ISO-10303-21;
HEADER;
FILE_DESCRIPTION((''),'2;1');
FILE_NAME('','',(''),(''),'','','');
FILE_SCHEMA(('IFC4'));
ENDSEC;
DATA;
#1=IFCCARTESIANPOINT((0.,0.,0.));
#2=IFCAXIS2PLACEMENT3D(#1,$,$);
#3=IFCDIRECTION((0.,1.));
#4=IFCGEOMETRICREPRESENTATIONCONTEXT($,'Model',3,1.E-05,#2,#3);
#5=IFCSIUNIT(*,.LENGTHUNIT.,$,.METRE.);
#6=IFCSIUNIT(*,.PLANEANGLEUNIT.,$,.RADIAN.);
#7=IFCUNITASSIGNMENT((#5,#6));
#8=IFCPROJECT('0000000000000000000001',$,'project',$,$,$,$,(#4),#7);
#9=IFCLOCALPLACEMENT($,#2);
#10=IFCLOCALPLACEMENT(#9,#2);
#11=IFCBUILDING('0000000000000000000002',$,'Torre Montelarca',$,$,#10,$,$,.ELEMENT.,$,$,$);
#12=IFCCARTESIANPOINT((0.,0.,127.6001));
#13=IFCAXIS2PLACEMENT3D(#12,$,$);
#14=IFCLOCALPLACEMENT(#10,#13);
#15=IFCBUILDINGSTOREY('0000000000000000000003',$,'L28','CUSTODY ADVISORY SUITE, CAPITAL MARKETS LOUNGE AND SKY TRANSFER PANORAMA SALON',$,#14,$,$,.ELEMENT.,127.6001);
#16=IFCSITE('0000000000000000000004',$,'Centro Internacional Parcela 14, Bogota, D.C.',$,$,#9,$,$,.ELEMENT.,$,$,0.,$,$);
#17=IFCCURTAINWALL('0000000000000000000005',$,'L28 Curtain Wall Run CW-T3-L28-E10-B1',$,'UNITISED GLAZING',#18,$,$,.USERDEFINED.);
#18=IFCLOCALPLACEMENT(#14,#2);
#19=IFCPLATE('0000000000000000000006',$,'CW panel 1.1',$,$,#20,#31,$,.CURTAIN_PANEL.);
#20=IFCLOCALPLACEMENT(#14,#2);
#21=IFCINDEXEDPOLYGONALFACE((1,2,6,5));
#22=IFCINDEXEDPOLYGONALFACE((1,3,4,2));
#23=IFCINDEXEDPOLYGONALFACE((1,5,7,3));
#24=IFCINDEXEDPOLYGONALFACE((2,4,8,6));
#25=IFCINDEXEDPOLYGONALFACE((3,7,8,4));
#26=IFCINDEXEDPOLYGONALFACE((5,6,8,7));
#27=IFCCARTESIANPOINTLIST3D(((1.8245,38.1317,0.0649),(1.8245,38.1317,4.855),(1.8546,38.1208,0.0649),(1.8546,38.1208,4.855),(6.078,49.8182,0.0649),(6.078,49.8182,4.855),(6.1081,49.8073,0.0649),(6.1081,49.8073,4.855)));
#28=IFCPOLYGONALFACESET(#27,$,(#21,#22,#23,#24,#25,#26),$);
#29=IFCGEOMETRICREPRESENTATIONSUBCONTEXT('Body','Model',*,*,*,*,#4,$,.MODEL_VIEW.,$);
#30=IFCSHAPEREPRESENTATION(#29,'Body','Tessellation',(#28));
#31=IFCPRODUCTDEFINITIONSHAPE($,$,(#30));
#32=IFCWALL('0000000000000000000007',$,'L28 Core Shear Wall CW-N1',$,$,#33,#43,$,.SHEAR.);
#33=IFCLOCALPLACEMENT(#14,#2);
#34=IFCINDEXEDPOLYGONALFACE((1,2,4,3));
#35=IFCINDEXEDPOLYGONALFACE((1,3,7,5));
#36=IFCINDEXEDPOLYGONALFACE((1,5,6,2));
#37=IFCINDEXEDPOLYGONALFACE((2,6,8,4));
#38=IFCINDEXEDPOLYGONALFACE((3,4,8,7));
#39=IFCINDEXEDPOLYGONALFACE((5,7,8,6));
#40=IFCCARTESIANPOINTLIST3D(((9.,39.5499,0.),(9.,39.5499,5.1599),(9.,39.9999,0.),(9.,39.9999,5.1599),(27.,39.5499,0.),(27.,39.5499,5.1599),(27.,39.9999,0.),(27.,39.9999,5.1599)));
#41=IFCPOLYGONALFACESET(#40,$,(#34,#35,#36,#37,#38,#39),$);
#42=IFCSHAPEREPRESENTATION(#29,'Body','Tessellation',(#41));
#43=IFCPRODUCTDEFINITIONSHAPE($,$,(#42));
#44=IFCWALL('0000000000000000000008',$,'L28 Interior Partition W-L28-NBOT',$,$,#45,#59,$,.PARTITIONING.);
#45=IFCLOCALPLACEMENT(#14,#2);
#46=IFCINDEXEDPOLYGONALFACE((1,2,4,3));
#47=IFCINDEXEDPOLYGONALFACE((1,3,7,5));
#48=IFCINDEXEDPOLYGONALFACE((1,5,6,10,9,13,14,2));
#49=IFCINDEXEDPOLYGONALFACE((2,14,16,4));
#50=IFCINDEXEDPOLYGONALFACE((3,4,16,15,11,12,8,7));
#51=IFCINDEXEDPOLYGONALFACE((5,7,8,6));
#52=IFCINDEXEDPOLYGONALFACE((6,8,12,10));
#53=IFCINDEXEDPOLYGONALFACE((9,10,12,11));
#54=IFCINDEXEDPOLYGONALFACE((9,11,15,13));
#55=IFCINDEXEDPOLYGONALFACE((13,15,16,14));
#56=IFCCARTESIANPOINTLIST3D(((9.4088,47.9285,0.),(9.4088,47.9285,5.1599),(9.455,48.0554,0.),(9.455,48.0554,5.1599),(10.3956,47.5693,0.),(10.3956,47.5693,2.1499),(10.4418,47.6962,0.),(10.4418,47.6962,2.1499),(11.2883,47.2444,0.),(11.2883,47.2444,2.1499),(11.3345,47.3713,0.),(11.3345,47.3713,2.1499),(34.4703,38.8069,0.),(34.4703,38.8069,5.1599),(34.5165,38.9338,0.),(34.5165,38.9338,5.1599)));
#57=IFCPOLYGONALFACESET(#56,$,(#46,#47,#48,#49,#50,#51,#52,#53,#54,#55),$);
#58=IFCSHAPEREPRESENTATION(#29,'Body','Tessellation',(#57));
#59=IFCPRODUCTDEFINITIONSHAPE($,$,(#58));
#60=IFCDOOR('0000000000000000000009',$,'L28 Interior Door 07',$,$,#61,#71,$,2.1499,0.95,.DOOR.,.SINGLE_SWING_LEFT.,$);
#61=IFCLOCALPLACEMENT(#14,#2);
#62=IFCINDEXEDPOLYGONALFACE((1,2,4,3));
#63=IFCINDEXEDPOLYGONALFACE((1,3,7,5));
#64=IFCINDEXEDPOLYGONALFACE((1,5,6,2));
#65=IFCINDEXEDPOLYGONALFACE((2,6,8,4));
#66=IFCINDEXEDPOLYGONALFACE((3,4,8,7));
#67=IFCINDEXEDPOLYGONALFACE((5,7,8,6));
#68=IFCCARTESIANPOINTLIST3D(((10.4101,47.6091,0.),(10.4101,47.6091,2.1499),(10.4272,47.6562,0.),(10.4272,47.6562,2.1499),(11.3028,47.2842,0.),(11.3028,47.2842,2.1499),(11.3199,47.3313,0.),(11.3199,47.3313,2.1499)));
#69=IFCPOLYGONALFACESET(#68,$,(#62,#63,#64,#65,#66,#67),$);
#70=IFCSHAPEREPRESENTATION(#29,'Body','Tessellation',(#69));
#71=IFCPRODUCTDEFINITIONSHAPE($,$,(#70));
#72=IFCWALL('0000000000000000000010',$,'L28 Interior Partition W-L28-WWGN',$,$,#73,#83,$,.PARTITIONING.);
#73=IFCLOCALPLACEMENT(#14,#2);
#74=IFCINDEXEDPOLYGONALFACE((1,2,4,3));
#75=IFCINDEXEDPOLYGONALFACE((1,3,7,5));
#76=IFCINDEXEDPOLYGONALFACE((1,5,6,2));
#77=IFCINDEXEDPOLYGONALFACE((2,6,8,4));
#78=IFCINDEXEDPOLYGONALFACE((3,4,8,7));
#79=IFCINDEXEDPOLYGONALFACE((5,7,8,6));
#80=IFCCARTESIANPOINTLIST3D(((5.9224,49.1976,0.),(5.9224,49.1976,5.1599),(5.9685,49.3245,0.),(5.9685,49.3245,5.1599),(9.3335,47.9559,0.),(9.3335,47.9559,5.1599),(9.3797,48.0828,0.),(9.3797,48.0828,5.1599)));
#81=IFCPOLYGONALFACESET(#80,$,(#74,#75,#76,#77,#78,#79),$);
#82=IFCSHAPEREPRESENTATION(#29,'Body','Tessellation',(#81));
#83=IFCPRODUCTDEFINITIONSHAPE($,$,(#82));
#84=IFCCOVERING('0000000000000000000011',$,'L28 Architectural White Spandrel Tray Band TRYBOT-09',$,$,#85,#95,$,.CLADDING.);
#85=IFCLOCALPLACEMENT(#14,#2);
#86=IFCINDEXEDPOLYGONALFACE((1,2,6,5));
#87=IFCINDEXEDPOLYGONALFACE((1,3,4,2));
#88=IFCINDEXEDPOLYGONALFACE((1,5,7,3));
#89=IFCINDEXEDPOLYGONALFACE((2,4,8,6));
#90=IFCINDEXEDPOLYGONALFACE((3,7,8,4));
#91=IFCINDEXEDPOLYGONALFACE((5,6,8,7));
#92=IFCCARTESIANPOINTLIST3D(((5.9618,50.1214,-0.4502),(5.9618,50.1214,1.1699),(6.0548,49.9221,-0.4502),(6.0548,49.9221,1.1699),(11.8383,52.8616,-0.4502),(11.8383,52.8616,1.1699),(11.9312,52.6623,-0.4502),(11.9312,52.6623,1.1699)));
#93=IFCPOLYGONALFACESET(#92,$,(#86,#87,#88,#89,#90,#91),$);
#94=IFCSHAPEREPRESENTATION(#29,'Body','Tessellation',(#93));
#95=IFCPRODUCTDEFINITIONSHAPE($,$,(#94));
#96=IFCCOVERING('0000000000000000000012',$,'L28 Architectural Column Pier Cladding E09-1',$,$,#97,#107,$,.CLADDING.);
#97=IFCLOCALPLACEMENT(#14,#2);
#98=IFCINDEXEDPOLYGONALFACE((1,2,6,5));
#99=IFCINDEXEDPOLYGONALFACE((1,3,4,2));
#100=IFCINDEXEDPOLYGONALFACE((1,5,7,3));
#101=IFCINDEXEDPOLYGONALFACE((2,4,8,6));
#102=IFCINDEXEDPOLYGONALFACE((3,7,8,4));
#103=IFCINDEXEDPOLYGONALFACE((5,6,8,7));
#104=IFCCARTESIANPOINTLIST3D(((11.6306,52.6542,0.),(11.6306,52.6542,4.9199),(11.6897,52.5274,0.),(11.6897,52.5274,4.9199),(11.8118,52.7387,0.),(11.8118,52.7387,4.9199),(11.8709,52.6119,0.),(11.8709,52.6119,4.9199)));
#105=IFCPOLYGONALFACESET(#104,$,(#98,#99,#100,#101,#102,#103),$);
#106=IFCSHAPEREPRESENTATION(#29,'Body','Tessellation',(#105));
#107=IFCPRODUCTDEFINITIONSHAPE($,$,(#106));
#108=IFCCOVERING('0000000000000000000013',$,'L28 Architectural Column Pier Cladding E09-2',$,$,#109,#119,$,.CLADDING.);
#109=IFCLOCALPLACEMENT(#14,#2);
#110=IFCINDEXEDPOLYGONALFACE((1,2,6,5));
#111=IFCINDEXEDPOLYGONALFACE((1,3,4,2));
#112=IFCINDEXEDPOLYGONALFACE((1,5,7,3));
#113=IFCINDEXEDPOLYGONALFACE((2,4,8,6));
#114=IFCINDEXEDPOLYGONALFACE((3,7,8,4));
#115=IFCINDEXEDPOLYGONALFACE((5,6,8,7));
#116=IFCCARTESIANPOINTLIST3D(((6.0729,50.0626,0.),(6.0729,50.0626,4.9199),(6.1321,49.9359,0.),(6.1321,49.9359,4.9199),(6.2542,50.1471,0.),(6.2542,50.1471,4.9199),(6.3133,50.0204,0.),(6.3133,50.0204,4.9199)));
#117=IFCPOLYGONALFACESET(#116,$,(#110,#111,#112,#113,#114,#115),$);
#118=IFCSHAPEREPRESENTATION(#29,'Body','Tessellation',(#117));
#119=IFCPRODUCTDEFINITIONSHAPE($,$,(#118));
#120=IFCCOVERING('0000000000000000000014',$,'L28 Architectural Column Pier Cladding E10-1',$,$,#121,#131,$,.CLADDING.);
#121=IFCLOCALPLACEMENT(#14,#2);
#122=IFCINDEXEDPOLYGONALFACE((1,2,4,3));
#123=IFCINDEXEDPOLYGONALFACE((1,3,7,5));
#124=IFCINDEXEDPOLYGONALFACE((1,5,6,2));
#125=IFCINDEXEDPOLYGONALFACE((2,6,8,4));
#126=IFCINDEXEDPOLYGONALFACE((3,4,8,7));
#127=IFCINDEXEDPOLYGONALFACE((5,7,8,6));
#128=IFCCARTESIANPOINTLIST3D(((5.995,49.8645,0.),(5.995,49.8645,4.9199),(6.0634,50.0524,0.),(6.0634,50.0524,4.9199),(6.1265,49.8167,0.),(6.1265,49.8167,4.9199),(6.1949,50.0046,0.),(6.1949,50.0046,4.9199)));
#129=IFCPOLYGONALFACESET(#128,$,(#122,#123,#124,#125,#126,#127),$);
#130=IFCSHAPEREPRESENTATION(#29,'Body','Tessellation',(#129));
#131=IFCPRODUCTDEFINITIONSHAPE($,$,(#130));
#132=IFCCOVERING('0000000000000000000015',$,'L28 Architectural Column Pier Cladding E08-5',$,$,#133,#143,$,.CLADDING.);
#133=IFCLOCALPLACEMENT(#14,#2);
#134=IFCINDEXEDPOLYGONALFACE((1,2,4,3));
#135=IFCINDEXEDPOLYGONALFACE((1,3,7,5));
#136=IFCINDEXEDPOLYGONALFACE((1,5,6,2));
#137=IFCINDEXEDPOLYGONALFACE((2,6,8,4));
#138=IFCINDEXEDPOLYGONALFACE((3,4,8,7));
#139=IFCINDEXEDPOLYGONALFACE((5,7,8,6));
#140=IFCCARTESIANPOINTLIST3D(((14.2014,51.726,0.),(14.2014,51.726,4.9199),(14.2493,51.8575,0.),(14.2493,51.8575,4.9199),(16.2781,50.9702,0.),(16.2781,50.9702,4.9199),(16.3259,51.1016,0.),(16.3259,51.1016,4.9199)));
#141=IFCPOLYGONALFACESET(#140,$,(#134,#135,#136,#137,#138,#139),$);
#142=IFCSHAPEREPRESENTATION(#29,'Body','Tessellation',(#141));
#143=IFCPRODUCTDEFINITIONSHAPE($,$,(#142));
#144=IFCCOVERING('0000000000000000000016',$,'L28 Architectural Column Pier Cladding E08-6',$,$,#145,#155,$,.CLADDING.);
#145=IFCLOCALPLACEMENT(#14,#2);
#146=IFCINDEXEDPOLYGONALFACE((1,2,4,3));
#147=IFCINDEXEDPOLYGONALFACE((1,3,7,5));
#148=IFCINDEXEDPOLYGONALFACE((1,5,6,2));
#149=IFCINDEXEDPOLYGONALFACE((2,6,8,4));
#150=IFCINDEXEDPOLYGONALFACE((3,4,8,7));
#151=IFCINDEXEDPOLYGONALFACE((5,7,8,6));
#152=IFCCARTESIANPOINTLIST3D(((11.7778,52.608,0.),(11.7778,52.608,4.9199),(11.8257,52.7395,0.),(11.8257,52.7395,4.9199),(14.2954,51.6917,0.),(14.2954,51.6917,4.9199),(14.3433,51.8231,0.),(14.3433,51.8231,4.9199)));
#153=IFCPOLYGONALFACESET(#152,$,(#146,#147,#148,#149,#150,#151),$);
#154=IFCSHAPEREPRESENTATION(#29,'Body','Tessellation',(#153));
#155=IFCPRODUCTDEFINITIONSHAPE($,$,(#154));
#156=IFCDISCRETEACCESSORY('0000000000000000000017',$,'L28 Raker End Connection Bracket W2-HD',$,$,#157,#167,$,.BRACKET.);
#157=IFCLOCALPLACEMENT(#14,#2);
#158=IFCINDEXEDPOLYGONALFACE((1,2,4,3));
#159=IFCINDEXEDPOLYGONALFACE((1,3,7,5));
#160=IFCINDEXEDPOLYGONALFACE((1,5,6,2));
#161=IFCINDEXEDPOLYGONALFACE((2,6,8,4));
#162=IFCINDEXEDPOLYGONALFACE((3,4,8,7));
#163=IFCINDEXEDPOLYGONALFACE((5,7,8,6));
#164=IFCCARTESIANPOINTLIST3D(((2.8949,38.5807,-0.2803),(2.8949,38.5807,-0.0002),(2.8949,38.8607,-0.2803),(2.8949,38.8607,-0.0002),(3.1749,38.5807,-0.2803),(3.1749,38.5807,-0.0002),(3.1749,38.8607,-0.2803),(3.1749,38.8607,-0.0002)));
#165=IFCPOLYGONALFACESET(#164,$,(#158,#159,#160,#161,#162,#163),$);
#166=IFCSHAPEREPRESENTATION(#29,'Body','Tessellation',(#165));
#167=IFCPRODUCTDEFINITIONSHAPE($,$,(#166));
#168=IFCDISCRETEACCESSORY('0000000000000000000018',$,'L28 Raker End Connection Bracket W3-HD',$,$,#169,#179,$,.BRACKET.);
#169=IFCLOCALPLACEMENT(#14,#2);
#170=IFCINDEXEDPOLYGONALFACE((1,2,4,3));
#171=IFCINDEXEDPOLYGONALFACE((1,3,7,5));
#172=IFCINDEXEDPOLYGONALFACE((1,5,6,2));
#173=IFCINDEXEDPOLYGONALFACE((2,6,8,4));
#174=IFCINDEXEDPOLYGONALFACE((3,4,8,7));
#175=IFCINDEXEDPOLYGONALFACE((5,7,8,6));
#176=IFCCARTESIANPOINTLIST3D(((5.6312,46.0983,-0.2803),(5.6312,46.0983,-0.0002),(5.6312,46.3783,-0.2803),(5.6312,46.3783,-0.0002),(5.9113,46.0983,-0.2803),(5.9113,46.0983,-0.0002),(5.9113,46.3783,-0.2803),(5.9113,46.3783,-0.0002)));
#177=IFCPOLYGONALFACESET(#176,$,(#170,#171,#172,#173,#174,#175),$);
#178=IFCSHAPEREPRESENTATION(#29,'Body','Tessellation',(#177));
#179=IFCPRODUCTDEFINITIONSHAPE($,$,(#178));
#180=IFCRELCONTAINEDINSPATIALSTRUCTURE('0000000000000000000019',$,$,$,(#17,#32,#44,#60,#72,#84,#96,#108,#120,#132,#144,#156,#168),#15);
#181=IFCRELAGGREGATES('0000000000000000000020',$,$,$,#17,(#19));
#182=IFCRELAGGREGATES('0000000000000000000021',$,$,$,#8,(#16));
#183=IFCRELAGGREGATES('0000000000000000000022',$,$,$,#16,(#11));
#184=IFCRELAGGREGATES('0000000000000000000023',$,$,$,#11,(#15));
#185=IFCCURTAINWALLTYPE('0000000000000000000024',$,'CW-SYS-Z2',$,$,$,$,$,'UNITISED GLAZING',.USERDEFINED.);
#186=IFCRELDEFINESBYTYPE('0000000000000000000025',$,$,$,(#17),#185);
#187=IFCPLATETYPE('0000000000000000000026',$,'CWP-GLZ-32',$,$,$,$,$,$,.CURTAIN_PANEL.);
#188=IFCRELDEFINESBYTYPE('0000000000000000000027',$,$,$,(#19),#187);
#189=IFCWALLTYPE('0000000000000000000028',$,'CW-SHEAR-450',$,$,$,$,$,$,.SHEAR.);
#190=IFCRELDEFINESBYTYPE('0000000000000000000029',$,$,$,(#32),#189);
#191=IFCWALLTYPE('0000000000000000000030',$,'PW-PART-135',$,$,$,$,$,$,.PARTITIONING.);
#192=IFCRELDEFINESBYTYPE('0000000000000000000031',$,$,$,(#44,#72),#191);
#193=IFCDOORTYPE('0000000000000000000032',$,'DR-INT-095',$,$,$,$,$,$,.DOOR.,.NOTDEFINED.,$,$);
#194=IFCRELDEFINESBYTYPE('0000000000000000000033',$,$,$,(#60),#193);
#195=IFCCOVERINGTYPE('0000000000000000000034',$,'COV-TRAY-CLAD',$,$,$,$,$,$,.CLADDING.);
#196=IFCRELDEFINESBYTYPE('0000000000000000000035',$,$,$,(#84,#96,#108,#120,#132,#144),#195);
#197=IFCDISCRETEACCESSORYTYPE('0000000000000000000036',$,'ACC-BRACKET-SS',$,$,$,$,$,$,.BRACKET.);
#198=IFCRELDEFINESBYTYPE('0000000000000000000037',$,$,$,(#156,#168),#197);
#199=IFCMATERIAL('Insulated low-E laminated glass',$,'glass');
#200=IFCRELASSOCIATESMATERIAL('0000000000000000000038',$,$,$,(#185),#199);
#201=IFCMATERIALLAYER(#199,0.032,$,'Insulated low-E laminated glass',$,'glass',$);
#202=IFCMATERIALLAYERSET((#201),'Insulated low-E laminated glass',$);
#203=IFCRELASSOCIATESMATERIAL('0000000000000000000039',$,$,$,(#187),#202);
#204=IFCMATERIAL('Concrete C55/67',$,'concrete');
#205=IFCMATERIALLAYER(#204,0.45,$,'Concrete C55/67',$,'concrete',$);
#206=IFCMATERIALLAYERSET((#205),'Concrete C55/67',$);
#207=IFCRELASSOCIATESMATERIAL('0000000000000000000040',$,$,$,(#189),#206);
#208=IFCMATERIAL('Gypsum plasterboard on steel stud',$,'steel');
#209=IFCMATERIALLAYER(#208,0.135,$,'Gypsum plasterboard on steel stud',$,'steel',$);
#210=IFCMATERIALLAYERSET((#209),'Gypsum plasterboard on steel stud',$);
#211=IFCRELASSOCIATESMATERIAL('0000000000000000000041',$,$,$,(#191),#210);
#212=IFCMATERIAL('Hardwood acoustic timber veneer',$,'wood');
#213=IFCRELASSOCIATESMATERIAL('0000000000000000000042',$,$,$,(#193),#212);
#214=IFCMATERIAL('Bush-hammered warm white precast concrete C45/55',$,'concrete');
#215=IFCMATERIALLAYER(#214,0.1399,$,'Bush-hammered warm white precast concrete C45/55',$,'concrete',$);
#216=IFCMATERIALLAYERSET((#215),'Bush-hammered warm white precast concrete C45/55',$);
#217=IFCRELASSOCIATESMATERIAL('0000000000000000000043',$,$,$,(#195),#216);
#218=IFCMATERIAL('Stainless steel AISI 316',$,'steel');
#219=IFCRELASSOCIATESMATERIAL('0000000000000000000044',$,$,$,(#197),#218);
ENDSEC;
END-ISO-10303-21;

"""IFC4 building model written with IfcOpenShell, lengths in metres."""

from ifc_helpers import new_model, si_unit, direction, frame, frame_2d, origin, origin_2d, place, context, subcontext, project, spatial, rectangle, extrude, source, transform, mapped, material, layer, layer_set, type_object, element, fill, aggregate, save


model = new_model("IFC4")

# Units and contexts
model_context = context("Model", 3, precision=1e-05, world=origin(), true_north=direction((0.0, 1.0)))
body_context = subcontext(model_context, "Body", "Model", "MODEL_VIEW")
ifc_project = project(units=[si_unit("LENGTHUNIT", "METRE"), si_unit("PLANEANGLEUNIT", "RADIAN")], contexts=[model_context])

# Site, building, storey
site_placement = place(None, origin())
site = spatial("IfcSite", under=ifc_project, at=site_placement, Name="Centro Internacional Parcela 14, Bogota, D.C.", CompositionType="ELEMENT", RefElevation=0.0)
building_placement = place(site_placement, origin())
building = spatial("IfcBuilding", under=site, at=building_placement, Name="Torre Montelarca", CompositionType="ELEMENT")
storey_placement = place(building_placement, frame((0.0, 0.0, 127.6001)))
storey = spatial("IfcBuildingStorey", under=building, at=storey_placement, Name="L28", Description="CUSTODY ADVISORY SUITE, CAPITAL MARKETS LOUNGE AND SKY TRANSFER PANORAMA SALON", CompositionType="ELEMENT", Elevation=127.6001)

# Shared definitions
ifc_material_1 = material(Name="Concrete C55/67", Category="concrete")

# Curtain wall
ifc_material_2 = material(Name="Insulated low-E laminated glass", Category="glass")
curtain_wall_type = type_object("IfcCurtainWallType", Name="CW-SYS-Z2", ElementType="UNITISED GLAZING", PredefinedType="USERDEFINED", material=ifc_material_2)
curtain_wall_1_placement = place(storey_placement, origin())
curtain_wall_1 = element("IfcCurtainWall", 1, at=curtain_wall_1_placement, inside=storey, type_object=curtain_wall_type, Name="L28 Curtain Wall Run CW-T3-L28-E10-B1", ObjectType="UNITISED GLAZING", PredefinedType="USERDEFINED")

# Plate
ifc_layer_1 = layer(ifc_material_2, 0.032, Name="Insulated low-E laminated glass", Category="glass")
ifc_layer_set_1 = layer_set([ifc_layer_1], Name="Insulated low-E laminated glass")
plate_type = type_object("IfcPlateType", Name="CWP-GLZ-32", PredefinedType="CURTAIN_PANEL", material=ifc_layer_set_1)
shared_shape_1 = source(origin(), body_context, "Body", "SweptSolid", [
    extrude(rectangle(XDim=12.4365, YDim=0.032, at=origin_2d()), origin(), (0.0, 0.0, 1.0), 4.79),
])
plate_1_placement = place(storey_placement, frame((3.9663, 43.9695, 0.0649), z_axis=(0.0, 0.0, 1.0), x_axis=(-0.342019, -0.939693, 0.0)))
plate_1 = element("IfcPlate", 2, at=plate_1_placement, type_object=plate_type, Name="CW panel 1.1", PredefinedType="CURTAIN_PANEL", context=body_context, shape_type="MappedRepresentation", body=[
    mapped(shared_shape_1, transform((0.0, 0.0, 0.0), scale=1.0)),
])
aggregate(curtain_wall_1, [plate_1])

# Wall
ifc_layer_2 = layer(ifc_material_1, 0.45, Name="Concrete C55/67", Category="concrete")
ifc_layer_set_2 = layer_set([ifc_layer_2], Name="Concrete C55/67")
wall_type_1 = type_object("IfcWallType", Name="CW-SHEAR-450", PredefinedType="SHEAR", material=ifc_layer_set_2)
wall_1_placement = place(storey_placement, frame((9.0, 39.7749, 0.0), z_axis=(0.0, 0.0, 1.0), x_axis=(1.0, 0.0, 0.0)))
element("IfcWall", 3, at=wall_1_placement, inside=storey, type_object=wall_type_1, Name="L28 Core Shear Wall CW-N1", PredefinedType="SHEAR", context=body_context, shape_type="SweptSolid", body=[
    extrude(rectangle(XDim=18.0, YDim=0.45, at=frame_2d((9.0, 0.0))), origin(), (0.0, 0.0, 1.0), 5.1599),
])

# Wall, opening, door
ifc_material_3 = material(Name="Gypsum plasterboard on steel stud", Category="steel")
ifc_layer_3 = layer(ifc_material_3, 0.135, Name="Gypsum plasterboard on steel stud", Category="steel")
ifc_layer_set_3 = layer_set([ifc_layer_3], Name="Gypsum plasterboard on steel stud")
wall_type_2 = type_object("IfcWallType", Name="PW-PART-135", PredefinedType="PARTITIONING", material=ifc_layer_set_3)
wall_2_placement = place(storey_placement, frame((9.4319, 47.9919, 0.0), z_axis=(0.0, 0.0, 1.0), x_axis=(0.939693, -0.342018, 0.0)))
wall_2 = element("IfcWall", 4, at=wall_2_placement, inside=storey, type_object=wall_type_2, Name="L28 Interior Partition W-L28-NBOT", PredefinedType="PARTITIONING", context=body_context, shape_type="SweptSolid", body=[
    extrude(rectangle(XDim=26.6699, YDim=0.135, at=frame_2d((13.335, 0.0))), origin(), (0.0, 0.0, 1.0), 5.1599),
])
opening_placement = place(wall_2_placement, frame((1.05, 0.0, 0.0)))
opening = element("IfcOpeningElement", 5, at=opening_placement, cuts=wall_2, PredefinedType="OPENING", context=body_context, shape_type="SweptSolid", body=[
    extrude(rectangle(XDim=0.95, YDim=2.1499, at=frame_2d((0.4751, 1.075))), frame((0.0, 0.0776, 0.0), z_axis=(0.0, -1.0, 0.0), x_axis=(1.0, 0.0, 0.0)), (0.0, 0.0, 1.0), 0.155),
])
ifc_material_4 = material(Name="Hardwood acoustic timber veneer", Category="wood")
door_type = type_object("IfcDoorType", Name="DR-INT-095", OperationType="NOTDEFINED", PredefinedType="DOOR", material=ifc_material_4)
shared_shape_2 = source(origin(), body_context, "Body", "SweptSolid", [
    extrude(rectangle(XDim=0.95, YDim=2.1499, at=frame_2d((0.4751, 1.075))), frame((0.0, 0.0249, 0.0), z_axis=(0.0, -1.0, 0.0), x_axis=(1.0, 0.0, 0.0)), (0.0, 0.0, 1.0), 0.05),
])
door_placement = place(opening_placement, origin())
door = element("IfcDoor", 6, at=door_placement, inside=storey, type_object=door_type, Name="L28 Interior Door 07", OperationType="SINGLE_SWING_LEFT", OverallHeight=2.1499, OverallWidth=0.95, PredefinedType="DOOR", context=body_context, shape_type="MappedRepresentation", body=[
    mapped(shared_shape_2, transform((0.0, 0.0, 0.0), scale=1.0)),
])
fill(opening, door)

# Wall
wall_3_placement = place(storey_placement, frame((5.9456, 49.261, 0.0), z_axis=(0.0, 0.0, 1.0), x_axis=(0.939679, -0.342056, 0.0)))
element("IfcWall", 7, at=wall_3_placement, inside=storey, type_object=wall_type_2, Name="L28 Interior Partition W-L28-WWGN", PredefinedType="PARTITIONING", context=body_context, shape_type="SweptSolid", body=[
    extrude(rectangle(XDim=3.6301, YDim=0.135, at=frame_2d((1.8149, 0.0))), origin(), (0.0, 0.0, 1.0), 5.1599),
])

# Coverings
ifc_material_5 = material(Name="Bush-hammered warm white precast concrete C45/55", Category="concrete")
ifc_layer_4 = layer(ifc_material_5, 0.1399, Name="Bush-hammered warm white precast concrete C45/55", Category="concrete")
ifc_layer_set_4 = layer_set([ifc_layer_4], Name="Bush-hammered warm white precast concrete C45/55")
covering_type = type_object("IfcCoveringType", Name="COV-TRAY-CLAD", PredefinedType="CLADDING", material=ifc_layer_set_4)
shared_shape_3 = source(origin(), body_context, "Body", "SweptSolid", [
    extrude(rectangle(XDim=6.4839, YDim=0.22, at=origin_2d()), origin(), (0.0, 0.0, 1.0), 1.6201),
])
covering_1_placement = place(storey_placement, frame((8.9465, 51.3918, -0.4502), z_axis=(0.0, 0.0, 1.0), x_axis=(-0.906309, -0.422615, 0.0)))
element("IfcCovering", 8, at=covering_1_placement, inside=storey, type_object=covering_type, Name="L28 Architectural White Spandrel Tray Band TRYBOT-09", PredefinedType="CLADDING", context=body_context, shape_type="MappedRepresentation", body=[
    mapped(shared_shape_3, transform((0.0, 0.0, 0.0), scale=1.0)),
])
shared_shape_4 = source(origin(), body_context, "Body", "SweptSolid", [
    extrude(rectangle(XDim=0.2, YDim=0.1399, at=origin_2d()), origin(), (0.0, 0.0, 1.0), 4.9199),
])
for number, where, z_axis, x_axis, name in (
    (9, (11.7507, 52.6331, 0.0), (0.0, 0.0, 1.0), (-0.906311, -0.422612, 0.0), "L28 Architectural Column Pier Cladding E09-1"),
    (10, (6.1931, 50.0415, 0.0), (0.0, 0.0, 1.0), (-0.906311, -0.422612, 0.0), "L28 Architectural Column Pier Cladding E09-2"),
    (11, (6.095, 49.9346, 0.0), (0.0, 0.0, 1.0), (-0.342019, -0.939693, 0.0), "L28 Architectural Column Pier Cladding E10-1"),
):
    element("IfcCovering", number, at=place(storey_placement, frame(where, z_axis=z_axis, x_axis=x_axis)), inside=storey, type_object=covering_type, Name=name, PredefinedType="CLADDING", context=body_context, shape_type="MappedRepresentation", body=[
        mapped(shared_shape_4, transform((0.0, 0.0, 0.0), scale=1.0)),
    ])
shared_shape_5 = source(origin(), body_context, "Body", "SweptSolid", [
    extrude(rectangle(XDim=2.21, YDim=0.1399, at=origin_2d()), origin(), (0.0, 0.0, 1.0), 4.9199),
])
covering_2_placement = place(storey_placement, frame((15.2637, 51.4138, 0.0), z_axis=(0.0, 0.0, 1.0), x_axis=(-0.939694, 0.342017, 0.0)))
element("IfcCovering", 12, at=covering_2_placement, inside=storey, type_object=covering_type, Name="L28 Architectural Column Pier Cladding E08-5", PredefinedType="CLADDING", context=body_context, shape_type="MappedRepresentation", body=[
    mapped(shared_shape_5, transform((0.0, 0.0, 0.0), scale=1.0)),
])
shared_shape_6 = source(origin(), body_context, "Body", "SweptSolid", [
    extrude(rectangle(XDim=2.6792, YDim=0.1399, at=origin_2d()), origin(), (0.0, 0.0, 1.0), 4.9199),
])
covering_3_placement = place(storey_placement, frame((13.0605, 52.2156, 0.0), z_axis=(0.0, 0.0, 1.0), x_axis=(-0.939694, 0.342017, 0.0)))
element("IfcCovering", 13, at=covering_3_placement, inside=storey, type_object=covering_type, Name="L28 Architectural Column Pier Cladding E08-6", PredefinedType="CLADDING", context=body_context, shape_type="MappedRepresentation", body=[
    mapped(shared_shape_6, transform((0.0, 0.0, 0.0), scale=1.0)),
])

# Discrete accessories
ifc_material_6 = material(Name="Stainless steel AISI 316", Category="steel")
discrete_accessory_type = type_object("IfcDiscreteAccessoryType", Name="ACC-BRACKET-SS", PredefinedType="BRACKET", material=ifc_material_6)
shared_shape_7 = source(origin(), body_context, "Body", "SweptSolid", [
    extrude(rectangle(XDim=0.28, YDim=0.28, at=origin_2d()), origin(), (0.0, 0.0, 1.0), 0.28),
])
for number, where, z_axis, x_axis, name in (
    (14, (3.0349, 38.7207, -0.2803), (0.0, 0.0, 1.0), (1.0, 0.0, 0.0), "L28 Raker End Connection Bracket W2-HD"),
    (15, (5.7712, 46.2383, -0.2803), (0.0, 0.0, 1.0), (1.0, 0.0, 0.0), "L28 Raker End Connection Bracket W3-HD"),
):
    element("IfcDiscreteAccessory", number, at=place(storey_placement, frame(where, z_axis=z_axis, x_axis=x_axis)), inside=storey, type_object=discrete_accessory_type, Name=name, PredefinedType="BRACKET", context=body_context, shape_type="MappedRepresentation", body=[
        mapped(shared_shape_7, transform((0.0, 0.0, 0.0), scale=1.0)),
    ])

save(model, "model.ifc")
